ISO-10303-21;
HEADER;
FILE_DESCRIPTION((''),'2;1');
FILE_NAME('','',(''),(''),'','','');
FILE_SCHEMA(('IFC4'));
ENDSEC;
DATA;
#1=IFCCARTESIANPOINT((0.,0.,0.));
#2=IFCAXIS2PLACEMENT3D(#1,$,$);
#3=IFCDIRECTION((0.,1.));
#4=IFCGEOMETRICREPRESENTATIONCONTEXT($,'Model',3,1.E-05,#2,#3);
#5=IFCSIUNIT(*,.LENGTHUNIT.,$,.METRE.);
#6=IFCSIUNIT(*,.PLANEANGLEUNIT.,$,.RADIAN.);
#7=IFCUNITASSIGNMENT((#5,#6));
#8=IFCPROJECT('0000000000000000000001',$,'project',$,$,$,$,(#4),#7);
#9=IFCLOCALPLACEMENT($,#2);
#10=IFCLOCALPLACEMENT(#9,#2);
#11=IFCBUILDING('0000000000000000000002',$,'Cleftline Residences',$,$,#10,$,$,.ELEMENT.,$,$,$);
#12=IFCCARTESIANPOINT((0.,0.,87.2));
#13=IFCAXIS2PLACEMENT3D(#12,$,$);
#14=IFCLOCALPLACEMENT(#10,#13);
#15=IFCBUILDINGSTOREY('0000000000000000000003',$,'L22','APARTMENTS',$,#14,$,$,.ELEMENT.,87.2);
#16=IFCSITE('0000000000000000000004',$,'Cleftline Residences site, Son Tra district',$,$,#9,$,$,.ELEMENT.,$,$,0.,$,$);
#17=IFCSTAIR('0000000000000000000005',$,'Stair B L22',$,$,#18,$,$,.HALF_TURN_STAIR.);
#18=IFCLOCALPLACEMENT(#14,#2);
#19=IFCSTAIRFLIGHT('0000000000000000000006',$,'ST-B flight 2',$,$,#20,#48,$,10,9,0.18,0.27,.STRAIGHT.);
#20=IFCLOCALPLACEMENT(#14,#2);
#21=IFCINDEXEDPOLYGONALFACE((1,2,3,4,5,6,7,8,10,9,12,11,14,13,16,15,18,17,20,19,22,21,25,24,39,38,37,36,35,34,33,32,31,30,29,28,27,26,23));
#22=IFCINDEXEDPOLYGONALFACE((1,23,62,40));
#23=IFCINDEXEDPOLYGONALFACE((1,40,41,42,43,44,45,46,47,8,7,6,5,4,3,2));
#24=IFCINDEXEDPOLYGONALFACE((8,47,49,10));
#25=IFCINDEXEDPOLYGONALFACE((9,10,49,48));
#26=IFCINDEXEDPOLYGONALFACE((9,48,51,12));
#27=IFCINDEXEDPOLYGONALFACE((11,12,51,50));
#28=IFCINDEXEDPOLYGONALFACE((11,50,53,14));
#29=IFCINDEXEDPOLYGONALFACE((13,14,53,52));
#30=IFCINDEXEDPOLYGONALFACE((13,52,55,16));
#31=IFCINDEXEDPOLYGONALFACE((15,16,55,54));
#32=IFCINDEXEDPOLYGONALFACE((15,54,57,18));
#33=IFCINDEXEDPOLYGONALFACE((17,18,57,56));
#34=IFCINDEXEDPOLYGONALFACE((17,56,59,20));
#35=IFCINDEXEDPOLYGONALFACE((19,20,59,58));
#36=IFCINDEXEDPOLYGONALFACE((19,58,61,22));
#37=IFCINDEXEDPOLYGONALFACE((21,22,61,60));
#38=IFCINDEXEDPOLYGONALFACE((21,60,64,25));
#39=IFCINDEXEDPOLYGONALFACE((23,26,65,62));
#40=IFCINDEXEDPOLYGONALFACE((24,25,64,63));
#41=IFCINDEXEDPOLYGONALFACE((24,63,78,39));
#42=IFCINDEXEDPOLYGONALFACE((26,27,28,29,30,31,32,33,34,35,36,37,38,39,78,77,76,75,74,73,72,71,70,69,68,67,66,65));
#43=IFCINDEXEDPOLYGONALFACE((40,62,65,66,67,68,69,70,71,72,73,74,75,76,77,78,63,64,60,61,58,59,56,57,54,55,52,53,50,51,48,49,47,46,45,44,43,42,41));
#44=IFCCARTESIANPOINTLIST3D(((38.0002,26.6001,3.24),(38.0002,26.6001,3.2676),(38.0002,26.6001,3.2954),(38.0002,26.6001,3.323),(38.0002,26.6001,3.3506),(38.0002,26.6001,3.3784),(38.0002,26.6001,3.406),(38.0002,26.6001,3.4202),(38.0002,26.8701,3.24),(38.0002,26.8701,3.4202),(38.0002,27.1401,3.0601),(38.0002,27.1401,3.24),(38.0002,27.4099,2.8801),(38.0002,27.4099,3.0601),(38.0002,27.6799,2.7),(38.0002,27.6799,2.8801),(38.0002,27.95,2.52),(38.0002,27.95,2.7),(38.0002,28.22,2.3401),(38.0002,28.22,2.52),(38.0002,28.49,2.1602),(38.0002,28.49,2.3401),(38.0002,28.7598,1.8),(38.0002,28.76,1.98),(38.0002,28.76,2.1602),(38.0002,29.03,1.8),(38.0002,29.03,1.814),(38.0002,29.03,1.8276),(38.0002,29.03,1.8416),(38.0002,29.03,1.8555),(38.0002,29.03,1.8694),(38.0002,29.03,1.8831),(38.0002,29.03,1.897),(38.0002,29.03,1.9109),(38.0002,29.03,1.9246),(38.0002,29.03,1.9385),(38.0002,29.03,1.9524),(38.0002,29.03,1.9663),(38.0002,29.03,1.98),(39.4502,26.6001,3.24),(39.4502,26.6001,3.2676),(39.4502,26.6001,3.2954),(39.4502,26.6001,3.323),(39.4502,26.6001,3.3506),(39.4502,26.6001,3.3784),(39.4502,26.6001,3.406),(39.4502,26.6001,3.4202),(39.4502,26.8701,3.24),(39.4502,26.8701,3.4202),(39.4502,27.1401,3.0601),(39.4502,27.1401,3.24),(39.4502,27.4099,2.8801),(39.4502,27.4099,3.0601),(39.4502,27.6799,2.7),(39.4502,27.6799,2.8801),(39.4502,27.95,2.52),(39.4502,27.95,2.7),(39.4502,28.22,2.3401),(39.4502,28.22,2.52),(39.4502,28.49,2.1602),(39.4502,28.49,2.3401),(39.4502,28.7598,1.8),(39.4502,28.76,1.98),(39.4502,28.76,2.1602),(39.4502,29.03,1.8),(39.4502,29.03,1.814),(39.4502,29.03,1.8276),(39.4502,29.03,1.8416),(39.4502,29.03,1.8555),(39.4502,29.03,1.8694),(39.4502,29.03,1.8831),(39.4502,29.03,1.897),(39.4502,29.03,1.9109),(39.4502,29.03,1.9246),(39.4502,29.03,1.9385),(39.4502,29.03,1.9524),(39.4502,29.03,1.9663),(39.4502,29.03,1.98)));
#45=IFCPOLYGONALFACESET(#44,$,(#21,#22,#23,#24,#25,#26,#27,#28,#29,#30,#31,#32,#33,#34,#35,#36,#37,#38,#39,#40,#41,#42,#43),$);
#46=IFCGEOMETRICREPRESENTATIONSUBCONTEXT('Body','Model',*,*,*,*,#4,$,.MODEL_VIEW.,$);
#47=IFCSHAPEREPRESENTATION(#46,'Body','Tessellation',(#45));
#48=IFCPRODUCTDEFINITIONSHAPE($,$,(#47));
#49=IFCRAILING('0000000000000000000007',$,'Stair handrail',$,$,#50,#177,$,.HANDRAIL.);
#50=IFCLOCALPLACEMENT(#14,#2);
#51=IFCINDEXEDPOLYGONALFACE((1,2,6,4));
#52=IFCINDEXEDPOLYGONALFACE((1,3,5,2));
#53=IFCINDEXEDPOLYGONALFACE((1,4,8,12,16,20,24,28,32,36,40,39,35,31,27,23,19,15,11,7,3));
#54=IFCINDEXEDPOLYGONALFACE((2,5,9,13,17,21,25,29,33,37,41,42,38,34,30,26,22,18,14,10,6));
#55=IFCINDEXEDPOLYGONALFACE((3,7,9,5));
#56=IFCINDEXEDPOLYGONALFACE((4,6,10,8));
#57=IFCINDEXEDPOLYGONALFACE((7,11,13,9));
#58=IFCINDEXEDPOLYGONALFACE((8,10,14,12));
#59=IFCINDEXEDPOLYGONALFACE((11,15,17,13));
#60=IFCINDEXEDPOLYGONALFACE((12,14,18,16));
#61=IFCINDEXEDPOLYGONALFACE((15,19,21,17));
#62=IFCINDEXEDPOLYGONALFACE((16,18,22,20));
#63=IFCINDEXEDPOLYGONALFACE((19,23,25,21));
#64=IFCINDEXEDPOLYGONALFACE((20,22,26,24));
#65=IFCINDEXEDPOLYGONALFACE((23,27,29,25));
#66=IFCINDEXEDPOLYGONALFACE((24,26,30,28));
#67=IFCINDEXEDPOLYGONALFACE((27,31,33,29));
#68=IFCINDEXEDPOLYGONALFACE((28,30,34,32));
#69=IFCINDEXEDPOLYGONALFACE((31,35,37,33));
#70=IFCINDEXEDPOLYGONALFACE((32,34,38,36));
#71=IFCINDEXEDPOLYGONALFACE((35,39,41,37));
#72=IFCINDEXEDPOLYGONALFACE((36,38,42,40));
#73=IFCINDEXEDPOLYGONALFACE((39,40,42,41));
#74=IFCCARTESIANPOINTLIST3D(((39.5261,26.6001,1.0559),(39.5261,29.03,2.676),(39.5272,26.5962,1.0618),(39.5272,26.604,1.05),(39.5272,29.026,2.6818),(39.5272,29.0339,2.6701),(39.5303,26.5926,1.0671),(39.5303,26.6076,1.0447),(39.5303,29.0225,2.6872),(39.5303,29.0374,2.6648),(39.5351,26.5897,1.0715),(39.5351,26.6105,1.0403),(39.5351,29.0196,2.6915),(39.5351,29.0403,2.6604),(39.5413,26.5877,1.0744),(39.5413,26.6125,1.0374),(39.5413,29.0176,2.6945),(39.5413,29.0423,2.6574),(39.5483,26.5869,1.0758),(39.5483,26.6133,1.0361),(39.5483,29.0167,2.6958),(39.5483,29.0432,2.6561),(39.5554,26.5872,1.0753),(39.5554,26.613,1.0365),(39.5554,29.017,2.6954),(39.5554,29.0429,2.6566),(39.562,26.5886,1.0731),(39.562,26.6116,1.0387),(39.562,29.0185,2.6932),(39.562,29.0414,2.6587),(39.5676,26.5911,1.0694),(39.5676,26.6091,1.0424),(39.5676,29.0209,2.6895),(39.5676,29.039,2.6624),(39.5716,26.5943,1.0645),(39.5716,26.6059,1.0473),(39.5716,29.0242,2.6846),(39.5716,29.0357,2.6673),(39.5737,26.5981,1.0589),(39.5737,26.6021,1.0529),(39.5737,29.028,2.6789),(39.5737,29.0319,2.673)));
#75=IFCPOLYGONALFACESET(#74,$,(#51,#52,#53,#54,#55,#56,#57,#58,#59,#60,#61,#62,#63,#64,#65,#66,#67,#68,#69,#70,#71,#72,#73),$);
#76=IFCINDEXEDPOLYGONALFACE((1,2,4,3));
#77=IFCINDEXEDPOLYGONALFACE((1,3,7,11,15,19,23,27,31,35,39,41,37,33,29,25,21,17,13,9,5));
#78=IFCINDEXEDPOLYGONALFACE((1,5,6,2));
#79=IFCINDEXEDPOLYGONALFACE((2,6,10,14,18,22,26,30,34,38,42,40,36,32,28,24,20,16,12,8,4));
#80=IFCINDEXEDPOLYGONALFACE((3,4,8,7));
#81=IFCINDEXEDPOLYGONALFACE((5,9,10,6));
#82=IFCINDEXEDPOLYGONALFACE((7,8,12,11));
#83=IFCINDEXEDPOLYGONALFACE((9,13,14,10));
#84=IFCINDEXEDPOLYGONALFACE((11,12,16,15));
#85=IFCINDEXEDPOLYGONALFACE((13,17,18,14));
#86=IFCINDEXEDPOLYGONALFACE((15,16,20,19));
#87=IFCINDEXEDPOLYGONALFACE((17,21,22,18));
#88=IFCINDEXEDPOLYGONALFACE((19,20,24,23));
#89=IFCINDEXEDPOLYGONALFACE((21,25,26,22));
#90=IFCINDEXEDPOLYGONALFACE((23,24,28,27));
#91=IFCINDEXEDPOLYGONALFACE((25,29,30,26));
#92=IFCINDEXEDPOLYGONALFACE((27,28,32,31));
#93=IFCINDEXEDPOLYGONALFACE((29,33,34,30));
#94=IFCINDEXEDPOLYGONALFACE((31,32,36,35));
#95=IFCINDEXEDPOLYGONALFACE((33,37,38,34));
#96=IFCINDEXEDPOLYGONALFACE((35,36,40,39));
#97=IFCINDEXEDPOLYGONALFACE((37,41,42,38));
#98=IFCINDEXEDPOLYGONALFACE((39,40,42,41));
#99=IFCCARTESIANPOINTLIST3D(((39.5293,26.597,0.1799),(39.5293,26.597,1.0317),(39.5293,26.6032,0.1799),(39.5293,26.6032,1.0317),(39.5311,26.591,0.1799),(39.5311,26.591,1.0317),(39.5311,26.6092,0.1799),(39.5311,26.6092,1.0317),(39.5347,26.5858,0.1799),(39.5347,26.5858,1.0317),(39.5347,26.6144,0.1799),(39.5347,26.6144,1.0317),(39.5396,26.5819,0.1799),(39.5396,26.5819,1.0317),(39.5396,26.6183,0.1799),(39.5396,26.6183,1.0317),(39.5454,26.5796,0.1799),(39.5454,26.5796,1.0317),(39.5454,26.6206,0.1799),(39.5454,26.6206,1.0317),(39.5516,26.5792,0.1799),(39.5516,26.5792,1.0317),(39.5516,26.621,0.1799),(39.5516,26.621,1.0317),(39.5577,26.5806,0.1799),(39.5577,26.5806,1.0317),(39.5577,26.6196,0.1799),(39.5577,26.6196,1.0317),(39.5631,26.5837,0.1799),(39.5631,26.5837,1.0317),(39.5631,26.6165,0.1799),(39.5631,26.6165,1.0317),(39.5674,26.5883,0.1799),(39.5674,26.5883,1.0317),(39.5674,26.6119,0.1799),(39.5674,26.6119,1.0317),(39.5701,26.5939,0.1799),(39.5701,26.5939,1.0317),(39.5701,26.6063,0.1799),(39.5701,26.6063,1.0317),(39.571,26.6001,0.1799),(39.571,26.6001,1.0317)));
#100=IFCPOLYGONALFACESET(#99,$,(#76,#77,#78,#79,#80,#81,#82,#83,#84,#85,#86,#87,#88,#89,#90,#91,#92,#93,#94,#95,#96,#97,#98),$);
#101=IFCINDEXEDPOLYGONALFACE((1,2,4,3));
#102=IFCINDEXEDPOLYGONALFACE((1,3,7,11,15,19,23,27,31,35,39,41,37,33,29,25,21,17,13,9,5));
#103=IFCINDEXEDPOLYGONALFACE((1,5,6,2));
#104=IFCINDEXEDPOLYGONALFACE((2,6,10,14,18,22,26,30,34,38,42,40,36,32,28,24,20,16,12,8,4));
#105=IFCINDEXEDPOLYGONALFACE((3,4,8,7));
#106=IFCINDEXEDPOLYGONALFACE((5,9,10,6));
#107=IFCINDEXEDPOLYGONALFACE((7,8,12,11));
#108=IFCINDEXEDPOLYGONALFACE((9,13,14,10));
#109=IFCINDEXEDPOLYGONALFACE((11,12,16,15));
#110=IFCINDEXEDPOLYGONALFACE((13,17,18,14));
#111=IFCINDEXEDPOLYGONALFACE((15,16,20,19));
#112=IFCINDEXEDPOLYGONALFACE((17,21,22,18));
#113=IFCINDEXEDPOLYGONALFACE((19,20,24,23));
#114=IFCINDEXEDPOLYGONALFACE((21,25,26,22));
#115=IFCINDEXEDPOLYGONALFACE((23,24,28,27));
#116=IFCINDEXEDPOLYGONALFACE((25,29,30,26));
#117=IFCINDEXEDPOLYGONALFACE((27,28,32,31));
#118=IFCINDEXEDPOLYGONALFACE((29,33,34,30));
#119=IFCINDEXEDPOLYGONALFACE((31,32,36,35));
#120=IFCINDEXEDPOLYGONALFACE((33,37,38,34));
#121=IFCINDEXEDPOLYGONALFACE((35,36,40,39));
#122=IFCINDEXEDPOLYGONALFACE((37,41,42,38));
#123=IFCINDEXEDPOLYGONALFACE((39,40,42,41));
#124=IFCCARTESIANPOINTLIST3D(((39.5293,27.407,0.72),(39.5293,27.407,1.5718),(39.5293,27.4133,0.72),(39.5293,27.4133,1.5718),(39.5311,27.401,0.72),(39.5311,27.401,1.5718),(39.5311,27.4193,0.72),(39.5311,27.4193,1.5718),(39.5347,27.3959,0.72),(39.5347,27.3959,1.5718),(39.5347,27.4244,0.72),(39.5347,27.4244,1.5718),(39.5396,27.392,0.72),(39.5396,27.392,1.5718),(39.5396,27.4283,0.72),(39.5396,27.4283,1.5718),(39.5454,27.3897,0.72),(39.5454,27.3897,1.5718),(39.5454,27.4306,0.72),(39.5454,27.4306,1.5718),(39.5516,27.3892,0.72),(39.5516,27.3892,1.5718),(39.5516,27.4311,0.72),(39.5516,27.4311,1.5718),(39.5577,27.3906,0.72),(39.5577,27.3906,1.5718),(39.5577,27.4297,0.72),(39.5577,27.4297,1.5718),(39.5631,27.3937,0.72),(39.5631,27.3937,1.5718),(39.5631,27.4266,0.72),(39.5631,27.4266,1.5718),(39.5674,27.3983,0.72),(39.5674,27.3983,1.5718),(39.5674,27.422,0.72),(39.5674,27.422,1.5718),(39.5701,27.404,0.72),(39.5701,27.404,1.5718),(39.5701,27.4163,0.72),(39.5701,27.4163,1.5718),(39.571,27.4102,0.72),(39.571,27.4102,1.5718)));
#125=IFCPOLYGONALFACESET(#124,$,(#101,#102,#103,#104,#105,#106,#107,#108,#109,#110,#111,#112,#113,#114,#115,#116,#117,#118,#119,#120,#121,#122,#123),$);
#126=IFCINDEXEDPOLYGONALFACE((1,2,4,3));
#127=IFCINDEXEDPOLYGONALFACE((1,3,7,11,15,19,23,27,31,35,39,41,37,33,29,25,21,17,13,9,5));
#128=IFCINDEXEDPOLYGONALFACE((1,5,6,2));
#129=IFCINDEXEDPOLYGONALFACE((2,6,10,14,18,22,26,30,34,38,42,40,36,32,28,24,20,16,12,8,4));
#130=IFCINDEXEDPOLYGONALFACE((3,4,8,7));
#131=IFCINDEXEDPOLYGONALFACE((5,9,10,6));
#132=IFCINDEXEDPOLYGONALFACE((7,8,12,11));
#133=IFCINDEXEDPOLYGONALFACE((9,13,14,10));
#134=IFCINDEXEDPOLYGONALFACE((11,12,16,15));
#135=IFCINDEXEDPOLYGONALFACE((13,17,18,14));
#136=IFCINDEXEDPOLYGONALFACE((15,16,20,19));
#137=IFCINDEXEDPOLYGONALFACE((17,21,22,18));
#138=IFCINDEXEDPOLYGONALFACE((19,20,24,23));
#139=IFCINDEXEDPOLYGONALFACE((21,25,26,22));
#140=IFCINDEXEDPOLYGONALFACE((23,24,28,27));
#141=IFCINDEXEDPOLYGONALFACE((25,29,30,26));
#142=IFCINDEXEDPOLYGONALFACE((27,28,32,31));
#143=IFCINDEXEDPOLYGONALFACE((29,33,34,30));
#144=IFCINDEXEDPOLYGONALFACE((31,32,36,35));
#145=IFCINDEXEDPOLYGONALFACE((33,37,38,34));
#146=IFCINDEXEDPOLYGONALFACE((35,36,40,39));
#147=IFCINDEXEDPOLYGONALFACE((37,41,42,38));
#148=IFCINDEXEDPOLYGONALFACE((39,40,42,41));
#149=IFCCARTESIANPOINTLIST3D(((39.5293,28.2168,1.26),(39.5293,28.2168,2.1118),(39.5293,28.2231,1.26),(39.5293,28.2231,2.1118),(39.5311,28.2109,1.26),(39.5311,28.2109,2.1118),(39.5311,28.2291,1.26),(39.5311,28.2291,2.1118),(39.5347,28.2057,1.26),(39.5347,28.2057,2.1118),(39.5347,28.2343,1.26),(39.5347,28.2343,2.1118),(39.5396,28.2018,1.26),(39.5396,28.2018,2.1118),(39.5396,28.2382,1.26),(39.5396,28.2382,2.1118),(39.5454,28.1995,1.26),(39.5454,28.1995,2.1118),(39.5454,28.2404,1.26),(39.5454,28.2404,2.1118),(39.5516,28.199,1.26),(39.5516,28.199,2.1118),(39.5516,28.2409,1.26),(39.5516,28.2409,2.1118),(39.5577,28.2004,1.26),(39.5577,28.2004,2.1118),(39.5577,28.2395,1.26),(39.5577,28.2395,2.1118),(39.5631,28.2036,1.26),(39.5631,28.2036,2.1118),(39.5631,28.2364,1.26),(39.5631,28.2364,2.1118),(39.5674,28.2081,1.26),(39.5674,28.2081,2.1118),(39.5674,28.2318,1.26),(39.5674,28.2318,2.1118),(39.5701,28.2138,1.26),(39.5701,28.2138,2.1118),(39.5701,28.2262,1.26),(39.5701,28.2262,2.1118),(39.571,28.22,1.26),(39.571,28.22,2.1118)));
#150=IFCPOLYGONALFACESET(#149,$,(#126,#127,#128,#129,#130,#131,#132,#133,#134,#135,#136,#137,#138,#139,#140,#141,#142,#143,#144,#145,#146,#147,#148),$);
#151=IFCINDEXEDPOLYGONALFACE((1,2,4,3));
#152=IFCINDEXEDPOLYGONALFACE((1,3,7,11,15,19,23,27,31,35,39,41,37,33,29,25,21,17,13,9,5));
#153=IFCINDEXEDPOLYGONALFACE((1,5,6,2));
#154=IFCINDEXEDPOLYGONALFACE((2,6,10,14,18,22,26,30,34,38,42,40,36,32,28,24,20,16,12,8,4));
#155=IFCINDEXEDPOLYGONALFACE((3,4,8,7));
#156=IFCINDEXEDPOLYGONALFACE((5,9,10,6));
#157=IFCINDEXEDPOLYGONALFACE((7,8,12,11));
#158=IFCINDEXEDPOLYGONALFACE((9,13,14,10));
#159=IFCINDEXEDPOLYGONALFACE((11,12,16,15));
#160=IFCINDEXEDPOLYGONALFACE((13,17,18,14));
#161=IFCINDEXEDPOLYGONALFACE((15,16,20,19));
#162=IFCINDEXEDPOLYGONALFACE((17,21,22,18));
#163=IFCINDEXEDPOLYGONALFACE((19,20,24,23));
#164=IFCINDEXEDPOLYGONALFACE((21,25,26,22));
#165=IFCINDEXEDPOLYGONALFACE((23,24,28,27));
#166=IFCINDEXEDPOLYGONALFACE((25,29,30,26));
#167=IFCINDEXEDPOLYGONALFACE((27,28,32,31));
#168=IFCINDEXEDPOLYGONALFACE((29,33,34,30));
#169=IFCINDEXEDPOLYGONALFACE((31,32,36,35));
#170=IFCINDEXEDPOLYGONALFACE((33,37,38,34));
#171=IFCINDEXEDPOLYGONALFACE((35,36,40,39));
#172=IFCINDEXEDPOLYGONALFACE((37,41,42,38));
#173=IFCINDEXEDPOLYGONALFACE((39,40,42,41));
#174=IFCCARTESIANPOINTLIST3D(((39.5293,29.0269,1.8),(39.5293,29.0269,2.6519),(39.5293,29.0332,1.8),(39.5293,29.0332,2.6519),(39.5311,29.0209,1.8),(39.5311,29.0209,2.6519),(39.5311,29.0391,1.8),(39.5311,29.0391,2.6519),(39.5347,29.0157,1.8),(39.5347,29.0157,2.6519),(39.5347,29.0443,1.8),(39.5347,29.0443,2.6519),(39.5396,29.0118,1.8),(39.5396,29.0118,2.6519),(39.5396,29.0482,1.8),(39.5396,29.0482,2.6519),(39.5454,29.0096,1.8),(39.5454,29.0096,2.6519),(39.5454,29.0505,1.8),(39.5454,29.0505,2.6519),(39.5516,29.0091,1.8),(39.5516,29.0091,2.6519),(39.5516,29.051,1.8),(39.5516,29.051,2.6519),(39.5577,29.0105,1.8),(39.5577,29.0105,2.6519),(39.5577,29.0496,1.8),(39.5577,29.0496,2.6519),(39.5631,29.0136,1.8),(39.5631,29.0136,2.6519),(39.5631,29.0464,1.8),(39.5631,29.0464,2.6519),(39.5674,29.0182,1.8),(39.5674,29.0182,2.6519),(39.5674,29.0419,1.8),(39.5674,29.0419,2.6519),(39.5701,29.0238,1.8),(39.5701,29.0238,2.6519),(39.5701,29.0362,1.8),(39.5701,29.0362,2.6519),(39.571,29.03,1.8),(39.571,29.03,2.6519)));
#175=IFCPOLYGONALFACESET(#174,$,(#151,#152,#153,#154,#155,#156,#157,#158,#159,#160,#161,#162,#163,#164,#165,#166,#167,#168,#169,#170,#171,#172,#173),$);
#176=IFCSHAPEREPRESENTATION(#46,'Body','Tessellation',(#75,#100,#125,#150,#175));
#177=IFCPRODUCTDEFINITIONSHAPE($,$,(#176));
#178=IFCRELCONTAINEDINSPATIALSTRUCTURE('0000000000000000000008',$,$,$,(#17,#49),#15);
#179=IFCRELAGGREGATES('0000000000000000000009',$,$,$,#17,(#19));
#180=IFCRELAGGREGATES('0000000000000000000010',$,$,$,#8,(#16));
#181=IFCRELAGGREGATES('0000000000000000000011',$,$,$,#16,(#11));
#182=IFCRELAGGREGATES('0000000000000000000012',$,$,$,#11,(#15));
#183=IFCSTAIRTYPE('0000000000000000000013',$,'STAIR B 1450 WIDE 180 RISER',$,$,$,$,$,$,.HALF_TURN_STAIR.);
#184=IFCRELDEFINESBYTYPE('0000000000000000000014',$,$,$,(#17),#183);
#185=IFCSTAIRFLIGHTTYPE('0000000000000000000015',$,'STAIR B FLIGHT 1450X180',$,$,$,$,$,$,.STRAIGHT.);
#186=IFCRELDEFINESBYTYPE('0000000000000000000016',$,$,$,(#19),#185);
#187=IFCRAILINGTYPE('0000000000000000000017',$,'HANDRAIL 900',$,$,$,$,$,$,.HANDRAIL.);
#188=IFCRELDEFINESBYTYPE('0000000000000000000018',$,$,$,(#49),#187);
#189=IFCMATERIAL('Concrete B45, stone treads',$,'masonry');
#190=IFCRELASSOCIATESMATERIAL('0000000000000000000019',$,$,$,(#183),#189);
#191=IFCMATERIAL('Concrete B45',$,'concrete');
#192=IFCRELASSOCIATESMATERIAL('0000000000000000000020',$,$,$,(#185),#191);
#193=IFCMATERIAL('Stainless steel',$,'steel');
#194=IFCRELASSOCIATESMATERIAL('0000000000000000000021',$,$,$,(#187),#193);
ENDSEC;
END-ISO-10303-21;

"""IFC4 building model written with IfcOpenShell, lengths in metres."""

from ifc_helpers import new_model, si_unit, direction, frame, origin, origin_2d, place, context, subcontext, project, spatial, polyline, circle, outline, extrude, material, type_object, element, aggregate, save


model = new_model("IFC4")

# Units and contexts
model_context = context("Model", 3, precision=1e-05, world=origin(), true_north=direction((0.0, 1.0)))
body_context = subcontext(model_context, "Body", "Model", "MODEL_VIEW")
ifc_project = project(units=[si_unit("LENGTHUNIT", "METRE"), si_unit("PLANEANGLEUNIT", "RADIAN")], contexts=[model_context])

# Site, building, storey
site_placement = place(None, origin())
site = spatial("IfcSite", under=ifc_project, at=site_placement, Name="Cleftline Residences site, Son Tra district", CompositionType="ELEMENT", RefElevation=0.0)
building_placement = place(site_placement, origin())
building = spatial("IfcBuilding", under=site, at=building_placement, Name="Cleftline Residences", CompositionType="ELEMENT")
storey_placement = place(building_placement, frame((0.0, 0.0, 87.2)))
storey = spatial("IfcBuildingStorey", under=building, at=storey_placement, Name="L22", Description="APARTMENTS", CompositionType="ELEMENT", Elevation=87.2)

# Stair, stair flight
ifc_material_1 = material(Name="Concrete B45, stone treads", Category="masonry")
stair_type = type_object("IfcStairType", Name="STAIR B 1450 WIDE 180 RISER", PredefinedType="HALF_TURN_STAIR", material=ifc_material_1)
stair_placement = place(storey_placement, origin())
stair = element("IfcStair", 1, at=stair_placement, inside=storey, type_object=stair_type, Name="Stair B L22", PredefinedType="HALF_TURN_STAIR")
ifc_material_2 = material(Name="Concrete B45", Category="concrete")
stair_flight_type = type_object("IfcStairFlightType", Name="STAIR B FLIGHT 1450X180", PredefinedType="STRAIGHT", material=ifc_material_2)
stair_flight_1_placement = place(storey_placement, frame((38.7251, 29.03, 1.8), z_axis=(0.0, 0.0, 1.0), x_axis=(0.0, -1.0, 0.0)))
stair_flight_1 = element("IfcStairFlight", 2, at=stair_flight_1_placement, type_object=stair_flight_type, Name="ST-B flight 2", NumberOfRisers=10, NumberOfTreads=9, PredefinedType="STRAIGHT", RiserHeight=0.18, TreadLength=0.27, context=body_context, shape_type="SweptSolid", body=[
    extrude(outline(polyline([(0.0, 0.0), (0.0, 0.0139), (0.0, 0.0276), (0.0, 0.0415), (0.0, 0.0554), (0.0, 0.0693), (0.0, 0.083), (0.0, 0.0969), (0.0, 0.1108), (0.0, 0.1245), (0.0, 0.1384), (0.0, 0.1523), (0.0, 0.1663), (0.0, 0.1799), (0.27, 0.1799), (0.27, 0.3601), (0.54, 0.3601), (0.54, 0.54), (0.8101, 0.54), (0.8101, 0.72), (1.0801, 0.72), (1.0801, 0.8999), (1.3501, 0.8999), (1.3501, 1.0801), (1.6201, 1.0801), (1.6201, 1.26), (1.8899, 1.26), (1.8899, 1.4399), (2.1599, 1.4399), (2.1599, 1.6201), (2.4299, 1.6201), (2.4299, 1.8), (2.4299, 1.7722), (2.4299, 1.7446), (2.4299, 1.7168), (2.4299, 1.6892), (2.4299, 1.6614), (2.4299, 1.6338), (2.4299, 1.606), (2.4299, 1.5784), (2.4299, 1.5505), (2.4299, 1.5229), (2.4299, 1.4954), (2.4299, 1.4675), (2.4299, 1.4399), (0.2703, 0.0), (0.0, 0.0)])), frame((0.0, 0.7251, 0.0), z_axis=(0.0, -1.0, 0.0), x_axis=(1.0, 0.0, 0.0)), (0.0, 0.0, 1.0), 1.45),
])
aggregate(stair, [stair_flight_1])

# Railing
ifc_material_3 = material(Name="Stainless steel", Category="steel")
railing_type = type_object("IfcRailingType", Name="HANDRAIL 900", PredefinedType="HANDRAIL", material=ifc_material_3)
railing_1_placement = place(storey_placement, frame((39.55, 26.6001, 0.1799)))
element("IfcRailing", 3, at=railing_1_placement, inside=storey, type_object=railing_type, Name="Stair handrail", PredefinedType="HANDRAIL", context=body_context, shape_type="SweptSolid", body=[
    extrude(circle(Radius=0.0239, at=origin_2d()), frame((0.0, 0.0, 0.876), z_axis=(0.0, 0.832025, 0.554739), x_axis=(-1.0, 0.0, 0.0)), (0.0, 0.0, 1.0), 2.9204),
    extrude(circle(Radius=0.021, at=origin_2d()), origin(), (0.0, 0.0, 1.0), 0.8518),
    extrude(circle(Radius=0.021, at=origin_2d()), frame((0.0, 0.8101, 0.54)), (0.0, 0.0, 1.0), 0.8518),
    extrude(circle(Radius=0.021, at=origin_2d()), frame((0.0, 1.6199, 1.0801)), (0.0, 0.0, 1.0), 0.8518),
    extrude(circle(Radius=0.021, at=origin_2d()), frame((0.0, 2.4299, 1.6201)), (0.0, 0.0, 1.0), 0.8518),
])

save(model, "model.ifc")
